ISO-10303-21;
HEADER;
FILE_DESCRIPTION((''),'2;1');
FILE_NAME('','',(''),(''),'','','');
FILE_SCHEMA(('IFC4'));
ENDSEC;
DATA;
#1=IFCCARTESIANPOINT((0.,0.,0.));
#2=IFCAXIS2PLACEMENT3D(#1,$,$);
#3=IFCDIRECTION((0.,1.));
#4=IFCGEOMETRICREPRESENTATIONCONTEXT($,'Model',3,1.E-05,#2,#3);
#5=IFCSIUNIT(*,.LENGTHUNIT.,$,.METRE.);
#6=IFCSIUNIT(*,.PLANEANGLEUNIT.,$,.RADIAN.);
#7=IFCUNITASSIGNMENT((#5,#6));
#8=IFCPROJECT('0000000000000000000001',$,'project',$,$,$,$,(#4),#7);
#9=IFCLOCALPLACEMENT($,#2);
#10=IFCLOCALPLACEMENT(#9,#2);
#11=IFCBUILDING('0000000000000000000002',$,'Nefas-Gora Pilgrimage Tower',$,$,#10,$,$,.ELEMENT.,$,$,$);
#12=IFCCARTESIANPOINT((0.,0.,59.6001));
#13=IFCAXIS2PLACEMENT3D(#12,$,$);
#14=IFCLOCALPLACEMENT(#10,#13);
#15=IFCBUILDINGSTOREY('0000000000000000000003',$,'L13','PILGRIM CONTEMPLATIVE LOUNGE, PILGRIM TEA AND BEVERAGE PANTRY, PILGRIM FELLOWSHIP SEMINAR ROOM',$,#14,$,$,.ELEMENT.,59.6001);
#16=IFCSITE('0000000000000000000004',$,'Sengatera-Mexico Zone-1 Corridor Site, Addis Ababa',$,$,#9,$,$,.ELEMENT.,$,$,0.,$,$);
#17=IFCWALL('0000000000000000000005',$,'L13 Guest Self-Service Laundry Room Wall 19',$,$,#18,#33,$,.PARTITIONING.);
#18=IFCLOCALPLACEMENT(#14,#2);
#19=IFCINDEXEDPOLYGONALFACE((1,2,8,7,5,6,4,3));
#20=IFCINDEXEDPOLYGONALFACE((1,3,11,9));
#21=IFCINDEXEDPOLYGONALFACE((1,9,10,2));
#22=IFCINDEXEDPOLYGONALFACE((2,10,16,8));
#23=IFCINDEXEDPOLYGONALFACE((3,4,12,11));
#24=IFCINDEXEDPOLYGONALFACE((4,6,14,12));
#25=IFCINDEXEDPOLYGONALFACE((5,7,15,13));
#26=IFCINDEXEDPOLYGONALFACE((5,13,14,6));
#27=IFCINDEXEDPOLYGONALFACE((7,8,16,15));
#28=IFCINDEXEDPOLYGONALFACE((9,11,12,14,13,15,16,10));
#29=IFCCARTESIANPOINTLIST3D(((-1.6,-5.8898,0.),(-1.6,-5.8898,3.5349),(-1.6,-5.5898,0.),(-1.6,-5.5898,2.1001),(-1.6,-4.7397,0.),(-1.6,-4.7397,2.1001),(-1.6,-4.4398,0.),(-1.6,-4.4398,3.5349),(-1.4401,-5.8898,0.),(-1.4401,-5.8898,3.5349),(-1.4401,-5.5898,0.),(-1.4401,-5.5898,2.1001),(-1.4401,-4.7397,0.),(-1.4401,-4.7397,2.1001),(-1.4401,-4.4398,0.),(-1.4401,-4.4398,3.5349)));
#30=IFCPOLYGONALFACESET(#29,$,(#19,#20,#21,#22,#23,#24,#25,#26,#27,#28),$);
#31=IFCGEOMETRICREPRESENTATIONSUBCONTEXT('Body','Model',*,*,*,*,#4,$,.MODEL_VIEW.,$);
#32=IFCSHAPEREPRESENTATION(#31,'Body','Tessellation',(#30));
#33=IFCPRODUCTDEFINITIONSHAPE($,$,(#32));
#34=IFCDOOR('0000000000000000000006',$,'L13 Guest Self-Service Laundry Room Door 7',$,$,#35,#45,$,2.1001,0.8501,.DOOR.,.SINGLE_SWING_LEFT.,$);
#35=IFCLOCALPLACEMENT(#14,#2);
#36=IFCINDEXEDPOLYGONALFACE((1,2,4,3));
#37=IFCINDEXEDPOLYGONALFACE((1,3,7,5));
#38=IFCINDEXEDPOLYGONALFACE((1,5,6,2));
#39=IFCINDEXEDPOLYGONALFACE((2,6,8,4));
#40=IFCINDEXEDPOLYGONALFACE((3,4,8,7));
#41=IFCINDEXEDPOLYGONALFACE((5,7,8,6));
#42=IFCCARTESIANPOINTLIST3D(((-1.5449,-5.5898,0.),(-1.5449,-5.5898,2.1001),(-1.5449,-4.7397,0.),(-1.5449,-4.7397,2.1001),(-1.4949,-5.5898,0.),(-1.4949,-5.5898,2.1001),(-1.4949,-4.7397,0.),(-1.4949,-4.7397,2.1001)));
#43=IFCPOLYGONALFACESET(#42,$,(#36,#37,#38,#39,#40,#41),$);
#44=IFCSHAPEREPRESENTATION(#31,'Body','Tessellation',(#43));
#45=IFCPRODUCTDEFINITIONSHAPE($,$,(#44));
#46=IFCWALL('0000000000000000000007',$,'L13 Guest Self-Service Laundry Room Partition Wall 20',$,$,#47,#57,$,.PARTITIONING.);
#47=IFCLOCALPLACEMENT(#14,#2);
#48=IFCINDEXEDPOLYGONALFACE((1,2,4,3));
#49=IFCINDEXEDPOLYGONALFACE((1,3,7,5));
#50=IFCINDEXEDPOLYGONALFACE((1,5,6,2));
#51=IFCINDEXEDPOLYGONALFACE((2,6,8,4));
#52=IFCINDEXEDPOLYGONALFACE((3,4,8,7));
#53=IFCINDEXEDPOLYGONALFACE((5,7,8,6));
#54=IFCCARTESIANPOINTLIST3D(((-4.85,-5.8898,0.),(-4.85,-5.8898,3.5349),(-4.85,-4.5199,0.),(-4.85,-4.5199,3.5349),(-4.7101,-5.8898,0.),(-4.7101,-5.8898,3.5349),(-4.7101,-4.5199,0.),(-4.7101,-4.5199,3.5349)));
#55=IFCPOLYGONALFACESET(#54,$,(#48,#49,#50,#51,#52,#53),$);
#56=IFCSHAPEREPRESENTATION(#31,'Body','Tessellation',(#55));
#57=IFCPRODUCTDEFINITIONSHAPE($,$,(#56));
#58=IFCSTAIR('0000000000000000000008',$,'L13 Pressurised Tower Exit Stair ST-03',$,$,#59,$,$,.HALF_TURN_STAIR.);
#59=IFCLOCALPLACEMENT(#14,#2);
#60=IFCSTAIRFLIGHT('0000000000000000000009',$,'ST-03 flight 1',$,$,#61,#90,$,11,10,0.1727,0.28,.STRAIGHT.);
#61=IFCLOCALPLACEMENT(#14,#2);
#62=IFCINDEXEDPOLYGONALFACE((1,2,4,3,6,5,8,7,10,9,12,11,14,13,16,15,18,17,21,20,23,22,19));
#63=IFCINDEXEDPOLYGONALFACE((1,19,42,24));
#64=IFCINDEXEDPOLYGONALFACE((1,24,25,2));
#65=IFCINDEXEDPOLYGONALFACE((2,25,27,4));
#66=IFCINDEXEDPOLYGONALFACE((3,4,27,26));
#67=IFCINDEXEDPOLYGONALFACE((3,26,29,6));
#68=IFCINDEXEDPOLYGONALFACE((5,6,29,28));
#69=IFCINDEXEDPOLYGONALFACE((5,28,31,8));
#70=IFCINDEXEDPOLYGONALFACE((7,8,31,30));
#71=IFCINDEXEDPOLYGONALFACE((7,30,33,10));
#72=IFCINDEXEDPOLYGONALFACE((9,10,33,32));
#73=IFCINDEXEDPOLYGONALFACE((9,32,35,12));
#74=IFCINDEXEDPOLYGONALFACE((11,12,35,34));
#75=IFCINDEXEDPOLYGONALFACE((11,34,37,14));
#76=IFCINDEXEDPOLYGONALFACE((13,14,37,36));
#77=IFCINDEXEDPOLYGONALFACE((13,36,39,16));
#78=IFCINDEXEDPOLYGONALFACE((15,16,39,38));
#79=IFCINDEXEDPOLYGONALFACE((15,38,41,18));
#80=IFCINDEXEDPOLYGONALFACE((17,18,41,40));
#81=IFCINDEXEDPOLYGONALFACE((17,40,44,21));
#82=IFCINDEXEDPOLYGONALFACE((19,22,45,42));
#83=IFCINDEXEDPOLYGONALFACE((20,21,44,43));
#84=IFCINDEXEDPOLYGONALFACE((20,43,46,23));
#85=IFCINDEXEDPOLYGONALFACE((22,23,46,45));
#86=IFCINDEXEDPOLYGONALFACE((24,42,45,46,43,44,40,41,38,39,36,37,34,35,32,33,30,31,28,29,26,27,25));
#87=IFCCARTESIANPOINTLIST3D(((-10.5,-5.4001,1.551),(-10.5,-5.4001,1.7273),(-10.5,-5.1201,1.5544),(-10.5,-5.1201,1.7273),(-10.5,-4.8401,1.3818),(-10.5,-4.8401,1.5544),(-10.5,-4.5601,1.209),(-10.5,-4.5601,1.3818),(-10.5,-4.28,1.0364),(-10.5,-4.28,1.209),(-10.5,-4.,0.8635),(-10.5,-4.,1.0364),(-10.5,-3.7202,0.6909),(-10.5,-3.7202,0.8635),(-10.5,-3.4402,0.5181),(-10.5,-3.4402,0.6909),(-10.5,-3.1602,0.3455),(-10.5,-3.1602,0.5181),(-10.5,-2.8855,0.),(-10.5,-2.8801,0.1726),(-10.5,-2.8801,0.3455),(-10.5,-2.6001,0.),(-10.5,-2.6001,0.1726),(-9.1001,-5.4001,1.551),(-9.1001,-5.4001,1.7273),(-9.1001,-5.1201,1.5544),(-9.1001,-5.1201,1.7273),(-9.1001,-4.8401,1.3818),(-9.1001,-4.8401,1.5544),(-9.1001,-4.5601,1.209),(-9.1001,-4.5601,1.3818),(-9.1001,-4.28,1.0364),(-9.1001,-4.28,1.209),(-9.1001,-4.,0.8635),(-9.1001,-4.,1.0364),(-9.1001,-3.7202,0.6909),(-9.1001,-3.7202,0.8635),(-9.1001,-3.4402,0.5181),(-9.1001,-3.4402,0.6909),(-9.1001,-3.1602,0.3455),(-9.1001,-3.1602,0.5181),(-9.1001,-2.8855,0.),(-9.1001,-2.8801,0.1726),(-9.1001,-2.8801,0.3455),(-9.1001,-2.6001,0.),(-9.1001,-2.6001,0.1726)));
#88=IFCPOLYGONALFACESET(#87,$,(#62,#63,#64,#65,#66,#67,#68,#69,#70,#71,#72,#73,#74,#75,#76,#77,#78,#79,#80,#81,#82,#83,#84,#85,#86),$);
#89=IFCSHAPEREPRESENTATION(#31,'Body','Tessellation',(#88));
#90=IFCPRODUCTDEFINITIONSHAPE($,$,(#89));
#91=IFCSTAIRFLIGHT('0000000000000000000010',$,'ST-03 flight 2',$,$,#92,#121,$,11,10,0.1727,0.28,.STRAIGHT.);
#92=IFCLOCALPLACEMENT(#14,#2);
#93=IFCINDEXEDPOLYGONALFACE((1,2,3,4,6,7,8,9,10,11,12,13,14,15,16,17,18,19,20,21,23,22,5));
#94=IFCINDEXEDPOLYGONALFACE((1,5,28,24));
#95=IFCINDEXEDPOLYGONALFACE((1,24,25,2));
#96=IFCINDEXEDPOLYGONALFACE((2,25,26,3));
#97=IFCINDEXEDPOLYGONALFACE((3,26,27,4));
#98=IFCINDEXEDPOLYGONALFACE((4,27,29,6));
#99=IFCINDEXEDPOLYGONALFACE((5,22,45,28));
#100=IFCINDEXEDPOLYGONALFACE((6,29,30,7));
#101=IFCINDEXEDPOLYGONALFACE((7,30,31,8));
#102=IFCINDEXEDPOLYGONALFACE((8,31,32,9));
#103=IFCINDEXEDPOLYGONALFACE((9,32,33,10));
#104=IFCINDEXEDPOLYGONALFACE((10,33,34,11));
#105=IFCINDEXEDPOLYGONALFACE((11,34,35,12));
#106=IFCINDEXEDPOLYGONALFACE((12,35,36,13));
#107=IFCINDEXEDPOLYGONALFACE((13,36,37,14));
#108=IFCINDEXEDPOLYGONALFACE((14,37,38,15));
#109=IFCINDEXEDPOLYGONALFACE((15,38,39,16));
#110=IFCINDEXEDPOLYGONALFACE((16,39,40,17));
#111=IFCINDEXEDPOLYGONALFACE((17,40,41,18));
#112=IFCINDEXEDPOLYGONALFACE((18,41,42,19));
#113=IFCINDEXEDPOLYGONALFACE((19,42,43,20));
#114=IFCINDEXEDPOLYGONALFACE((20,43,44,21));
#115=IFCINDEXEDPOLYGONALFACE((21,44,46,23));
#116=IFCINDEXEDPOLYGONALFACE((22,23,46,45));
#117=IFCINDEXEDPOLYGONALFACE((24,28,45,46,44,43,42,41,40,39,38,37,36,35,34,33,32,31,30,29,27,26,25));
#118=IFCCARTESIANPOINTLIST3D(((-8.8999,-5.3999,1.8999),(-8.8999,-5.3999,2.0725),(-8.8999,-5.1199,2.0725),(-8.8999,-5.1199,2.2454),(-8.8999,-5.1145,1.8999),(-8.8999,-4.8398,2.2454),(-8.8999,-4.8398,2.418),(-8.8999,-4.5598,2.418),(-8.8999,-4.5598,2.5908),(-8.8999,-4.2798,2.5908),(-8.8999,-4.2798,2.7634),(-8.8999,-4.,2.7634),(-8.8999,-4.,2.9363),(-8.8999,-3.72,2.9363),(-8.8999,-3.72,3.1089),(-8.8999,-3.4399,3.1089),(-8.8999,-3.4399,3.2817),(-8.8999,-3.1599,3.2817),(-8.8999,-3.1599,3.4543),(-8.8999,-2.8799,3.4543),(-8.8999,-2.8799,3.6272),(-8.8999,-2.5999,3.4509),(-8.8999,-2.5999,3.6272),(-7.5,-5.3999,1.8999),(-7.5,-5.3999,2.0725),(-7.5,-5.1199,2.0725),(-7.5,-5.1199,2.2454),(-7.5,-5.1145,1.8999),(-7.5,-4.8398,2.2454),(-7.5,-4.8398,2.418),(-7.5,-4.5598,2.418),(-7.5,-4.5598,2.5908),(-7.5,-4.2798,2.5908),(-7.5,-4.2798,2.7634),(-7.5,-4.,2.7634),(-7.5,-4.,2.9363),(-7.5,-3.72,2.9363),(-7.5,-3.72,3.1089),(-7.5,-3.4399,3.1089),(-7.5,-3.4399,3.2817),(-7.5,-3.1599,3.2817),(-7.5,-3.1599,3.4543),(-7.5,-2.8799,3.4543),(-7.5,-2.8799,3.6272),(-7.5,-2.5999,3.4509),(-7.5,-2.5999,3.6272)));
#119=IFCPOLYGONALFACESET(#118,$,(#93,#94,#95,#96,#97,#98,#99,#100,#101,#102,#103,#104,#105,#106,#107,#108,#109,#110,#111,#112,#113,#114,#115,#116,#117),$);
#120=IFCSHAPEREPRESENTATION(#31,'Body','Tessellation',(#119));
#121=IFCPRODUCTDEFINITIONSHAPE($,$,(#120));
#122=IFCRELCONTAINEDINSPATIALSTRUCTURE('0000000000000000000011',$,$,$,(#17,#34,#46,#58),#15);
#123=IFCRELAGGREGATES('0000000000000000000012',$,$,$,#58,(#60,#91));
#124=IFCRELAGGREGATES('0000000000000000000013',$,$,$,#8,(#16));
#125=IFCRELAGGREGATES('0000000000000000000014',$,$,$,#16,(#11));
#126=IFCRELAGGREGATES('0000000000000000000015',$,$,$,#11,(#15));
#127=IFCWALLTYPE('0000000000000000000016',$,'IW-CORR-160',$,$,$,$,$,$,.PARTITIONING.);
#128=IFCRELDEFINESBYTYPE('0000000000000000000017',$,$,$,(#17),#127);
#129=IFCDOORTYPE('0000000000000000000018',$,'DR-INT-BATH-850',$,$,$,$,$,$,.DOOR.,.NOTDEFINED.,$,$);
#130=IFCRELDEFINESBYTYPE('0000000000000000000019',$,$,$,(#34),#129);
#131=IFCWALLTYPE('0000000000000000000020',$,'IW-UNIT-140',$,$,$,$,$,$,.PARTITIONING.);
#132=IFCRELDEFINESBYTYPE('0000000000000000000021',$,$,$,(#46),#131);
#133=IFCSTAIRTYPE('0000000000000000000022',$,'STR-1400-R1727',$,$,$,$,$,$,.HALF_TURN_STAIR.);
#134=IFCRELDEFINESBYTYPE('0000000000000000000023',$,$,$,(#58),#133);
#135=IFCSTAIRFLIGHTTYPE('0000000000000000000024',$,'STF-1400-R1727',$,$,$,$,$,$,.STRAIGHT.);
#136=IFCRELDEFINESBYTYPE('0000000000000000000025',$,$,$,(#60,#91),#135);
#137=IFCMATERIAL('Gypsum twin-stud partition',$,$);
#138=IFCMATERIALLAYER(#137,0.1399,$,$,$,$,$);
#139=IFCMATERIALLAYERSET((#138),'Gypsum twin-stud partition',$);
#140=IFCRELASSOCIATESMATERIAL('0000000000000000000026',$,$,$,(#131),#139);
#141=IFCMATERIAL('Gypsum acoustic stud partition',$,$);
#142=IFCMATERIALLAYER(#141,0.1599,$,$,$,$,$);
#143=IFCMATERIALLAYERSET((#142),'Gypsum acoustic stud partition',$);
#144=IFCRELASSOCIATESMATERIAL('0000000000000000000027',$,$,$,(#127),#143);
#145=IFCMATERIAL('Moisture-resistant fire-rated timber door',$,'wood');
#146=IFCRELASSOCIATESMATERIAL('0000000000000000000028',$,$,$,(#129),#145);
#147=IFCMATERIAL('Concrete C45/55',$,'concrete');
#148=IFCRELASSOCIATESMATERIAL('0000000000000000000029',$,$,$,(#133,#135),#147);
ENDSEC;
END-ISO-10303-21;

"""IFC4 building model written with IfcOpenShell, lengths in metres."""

from ifc_helpers import new_model, si_unit, direction, frame, frame_2d, origin, place, context, subcontext, project, spatial, polyline, rectangle, outline, extrude, source, transform, mapped, material, layer, layer_set, type_object, element, fill, aggregate, save


model = new_model("IFC4")

# Units and contexts
model_context = context("Model", 3, precision=1e-05, world=origin(), true_north=direction((0.0, 1.0)))
body_context = subcontext(model_context, "Body", "Model", "MODEL_VIEW")
ifc_project = project(units=[si_unit("LENGTHUNIT", "METRE"), si_unit("PLANEANGLEUNIT", "RADIAN")], contexts=[model_context])

# Site, building, storey
site_placement = place(None, origin())
site = spatial("IfcSite", under=ifc_project, at=site_placement, Name="Sengatera-Mexico Zone-1 Corridor Site, Addis Ababa", CompositionType="ELEMENT", RefElevation=0.0)
building_placement = place(site_placement, origin())
building = spatial("IfcBuilding", under=site, at=building_placement, Name="Nefas-Gora Pilgrimage Tower", CompositionType="ELEMENT")
storey_placement = place(building_placement, frame((0.0, 0.0, 59.6001)))
storey = spatial("IfcBuildingStorey", under=building, at=storey_placement, Name="L13", Description="PILGRIM CONTEMPLATIVE LOUNGE, PILGRIM TEA AND BEVERAGE PANTRY, PILGRIM FELLOWSHIP SEMINAR ROOM", CompositionType="ELEMENT", Elevation=59.6001)

# Shared definitions
ifc_material_1 = material(Name="Concrete C45/55", Category="concrete")

# Shared definitions
ifc_material_2 = material(Name="Gypsum twin-stud partition")
ifc_layer_1 = layer(ifc_material_2, 0.1399)
ifc_layer_set_1 = layer_set([ifc_layer_1], Name="Gypsum twin-stud partition")
wall_type_1 = type_object("IfcWallType", Name="IW-UNIT-140", PredefinedType="PARTITIONING", material=ifc_layer_set_1)
ifc_material_3 = material(Name="Gypsum acoustic stud partition")
ifc_layer_2 = layer(ifc_material_3, 0.1599)
ifc_layer_set_2 = layer_set([ifc_layer_2], Name="Gypsum acoustic stud partition")
wall_type_2 = type_object("IfcWallType", Name="IW-CORR-160", PredefinedType="PARTITIONING", material=ifc_layer_set_2)

# Shared definitions
ifc_material_4 = material(Name="Moisture-resistant fire-rated timber door", Category="wood")
door_type_1 = type_object("IfcDoorType", Name="DR-INT-BATH-850", OperationType="NOTDEFINED", PredefinedType="DOOR", material=ifc_material_4)
shared_shape_1 = source(origin(), body_context, "Body", "SweptSolid", [
    extrude(rectangle(XDim=0.8501, YDim=2.1001, at=frame_2d((0.425, 1.05))), frame((0.0, 0.0249, 0.0), z_axis=(0.0, -1.0, 0.0), x_axis=(1.0, 0.0, 0.0)), (0.0, 0.0, 1.0), 0.05),
])

# Wall, opening, door
shared_shape_2 = source(origin(), body_context, "Body", "SweptSolid", [
    extrude(rectangle(XDim=1.45, YDim=0.1599, at=frame_2d((0.7251, 0.0))), origin(), (0.0, 0.0, 1.0), 3.5349),
])
wall_1_placement = place(storey_placement, frame((-1.52, -5.8899, 0.0), z_axis=(0.0, 0.0, 1.0), x_axis=(0.0, 1.0, 0.0)))
wall_1 = element("IfcWall", 1, at=wall_1_placement, inside=storey, type_object=wall_type_2, Name="L13 Guest Self-Service Laundry Room Wall 19", PredefinedType="PARTITIONING", context=body_context, shape_type="MappedRepresentation", body=[
    mapped(shared_shape_2, transform((0.0, 0.0, 0.0), x_axis=(1.0, 0.0, 0.0), y_axis=(0.0, 1.0, 0.0), z_axis=(0.0, 0.0, 1.0), scale=1.0)),
])
opening_1_placement = place(wall_1_placement, frame((0.3, 0.0, 0.0)))
opening_1 = element("IfcOpeningElement", 2, at=opening_1_placement, cuts=wall_1, PredefinedType="OPENING", context=body_context, shape_type="SweptSolid", body=[
    extrude(rectangle(XDim=0.8501, YDim=2.1001, at=frame_2d((0.425, 1.05))), frame((0.0, 0.0898, 0.0), z_axis=(0.0, -1.0, 0.0), x_axis=(1.0, 0.0, 0.0)), (0.0, 0.0, 1.0), 0.1799),
])
door_1_placement = place(opening_1_placement, origin())
door_1 = element("IfcDoor", 3, at=door_1_placement, inside=storey, type_object=door_type_1, Name="L13 Guest Self-Service Laundry Room Door 7", OperationType="SINGLE_SWING_LEFT", OverallHeight=2.1001, OverallWidth=0.8501, PredefinedType="DOOR", context=body_context, shape_type="MappedRepresentation", body=[
    mapped(shared_shape_1, transform((0.0, 0.0, 0.0), x_axis=(1.0, 0.0, 0.0), y_axis=(0.0, 1.0, 0.0), z_axis=(0.0, 0.0, 1.0), scale=1.0)),
])
fill(opening_1, door_1)

# Wall
shared_shape_3 = source(origin(), body_context, "Body", "SweptSolid", [
    extrude(rectangle(XDim=1.3699, YDim=0.1399, at=frame_2d((0.6851, 0.0))), origin(), (0.0, 0.0, 1.0), 3.5349),
])
wall_2_placement = place(storey_placement, frame((-4.78, -5.8899, 0.0), z_axis=(0.0, 0.0, 1.0), x_axis=(0.0, 1.0, 0.0)))
element("IfcWall", 4, at=wall_2_placement, inside=storey, type_object=wall_type_1, Name="L13 Guest Self-Service Laundry Room Partition Wall 20", PredefinedType="PARTITIONING", context=body_context, shape_type="MappedRepresentation", body=[
    mapped(shared_shape_3, transform((0.0, 0.0, 0.0), x_axis=(1.0, 0.0, 0.0), y_axis=(0.0, 1.0, 0.0), z_axis=(0.0, 0.0, 1.0), scale=1.0)),
])

# Stair, stair flights
stair_type = type_object("IfcStairType", Name="STR-1400-R1727", PredefinedType="HALF_TURN_STAIR", material=ifc_material_1)
stair_placement = place(storey_placement, origin())
stair = element("IfcStair", 5, at=stair_placement, inside=storey, type_object=stair_type, Name="L13 Pressurised Tower Exit Stair ST-03", PredefinedType="HALF_TURN_STAIR")
stair_flight_type = type_object("IfcStairFlightType", Name="STF-1400-R1727", PredefinedType="STRAIGHT", material=ifc_material_1)
shared_shape_4 = source(origin(), body_context, "Body", "SweptSolid", [
    extrude(outline(polyline([(0.0, 0.0), (0.0, 0.1726), (0.28, 0.1726), (0.28, 0.3455), (0.5601, 0.3455), (0.5601, 0.5181), (0.8401, 0.5181), (0.8401, 0.6909), (1.1201, 0.6909), (1.1201, 0.8635), (1.3999, 0.8635), (1.3999, 1.0364), (1.6799, 1.0364), (1.6799, 1.209), (1.96, 1.209), (1.96, 1.3818), (2.24, 1.3818), (2.24, 1.5544), (2.52, 1.5544), (2.52, 1.7273), (2.8, 1.7273), (2.8, 1.8999), (2.8, 1.551), (0.2854, 0.0), (0.0, 0.0)])), frame((0.0, 0.7, 0.0), z_axis=(0.0, -1.0, 0.0), x_axis=(1.0, 0.0, 0.0)), (0.0, 0.0, 1.0), 1.3999),
])
stair_flight_1_placement = place(storey_placement, frame((-9.8, -2.6001, 0.0), z_axis=(0.0, 0.0, 1.0), x_axis=(0.0, -1.0, 0.0)))
stair_flight_1 = element("IfcStairFlight", 6, at=stair_flight_1_placement, type_object=stair_flight_type, Name="ST-03 flight 1", NumberOfRisers=11, NumberOfTreads=10, PredefinedType="STRAIGHT", RiserHeight=0.1727, TreadLength=0.28, context=body_context, shape_type="MappedRepresentation", body=[
    mapped(shared_shape_4, transform((0.0, 0.0, 0.0), x_axis=(1.0, 0.0, 0.0), y_axis=(0.0, 1.0, 0.0), z_axis=(0.0, 0.0, 1.0), scale=1.0)),
])
stair_flight_2_placement = place(storey_placement, frame((-8.2, -5.3999, 1.8999), z_axis=(0.0, 0.0, 1.0), x_axis=(0.0, 1.0, 0.0)))
stair_flight_2 = element("IfcStairFlight", 7, at=stair_flight_2_placement, type_object=stair_flight_type, Name="ST-03 flight 2", NumberOfRisers=11, NumberOfTreads=10, PredefinedType="STRAIGHT", RiserHeight=0.1727, TreadLength=0.28, context=body_context, shape_type="MappedRepresentation", body=[
    mapped(shared_shape_4, transform((0.0, 0.0, 0.0), x_axis=(1.0, 0.0, 0.0), y_axis=(0.0, 1.0, 0.0), z_axis=(0.0, 0.0, 1.0), scale=1.0)),
])
aggregate(stair, [stair_flight_1, stair_flight_2])

save(model, "model.ifc")
